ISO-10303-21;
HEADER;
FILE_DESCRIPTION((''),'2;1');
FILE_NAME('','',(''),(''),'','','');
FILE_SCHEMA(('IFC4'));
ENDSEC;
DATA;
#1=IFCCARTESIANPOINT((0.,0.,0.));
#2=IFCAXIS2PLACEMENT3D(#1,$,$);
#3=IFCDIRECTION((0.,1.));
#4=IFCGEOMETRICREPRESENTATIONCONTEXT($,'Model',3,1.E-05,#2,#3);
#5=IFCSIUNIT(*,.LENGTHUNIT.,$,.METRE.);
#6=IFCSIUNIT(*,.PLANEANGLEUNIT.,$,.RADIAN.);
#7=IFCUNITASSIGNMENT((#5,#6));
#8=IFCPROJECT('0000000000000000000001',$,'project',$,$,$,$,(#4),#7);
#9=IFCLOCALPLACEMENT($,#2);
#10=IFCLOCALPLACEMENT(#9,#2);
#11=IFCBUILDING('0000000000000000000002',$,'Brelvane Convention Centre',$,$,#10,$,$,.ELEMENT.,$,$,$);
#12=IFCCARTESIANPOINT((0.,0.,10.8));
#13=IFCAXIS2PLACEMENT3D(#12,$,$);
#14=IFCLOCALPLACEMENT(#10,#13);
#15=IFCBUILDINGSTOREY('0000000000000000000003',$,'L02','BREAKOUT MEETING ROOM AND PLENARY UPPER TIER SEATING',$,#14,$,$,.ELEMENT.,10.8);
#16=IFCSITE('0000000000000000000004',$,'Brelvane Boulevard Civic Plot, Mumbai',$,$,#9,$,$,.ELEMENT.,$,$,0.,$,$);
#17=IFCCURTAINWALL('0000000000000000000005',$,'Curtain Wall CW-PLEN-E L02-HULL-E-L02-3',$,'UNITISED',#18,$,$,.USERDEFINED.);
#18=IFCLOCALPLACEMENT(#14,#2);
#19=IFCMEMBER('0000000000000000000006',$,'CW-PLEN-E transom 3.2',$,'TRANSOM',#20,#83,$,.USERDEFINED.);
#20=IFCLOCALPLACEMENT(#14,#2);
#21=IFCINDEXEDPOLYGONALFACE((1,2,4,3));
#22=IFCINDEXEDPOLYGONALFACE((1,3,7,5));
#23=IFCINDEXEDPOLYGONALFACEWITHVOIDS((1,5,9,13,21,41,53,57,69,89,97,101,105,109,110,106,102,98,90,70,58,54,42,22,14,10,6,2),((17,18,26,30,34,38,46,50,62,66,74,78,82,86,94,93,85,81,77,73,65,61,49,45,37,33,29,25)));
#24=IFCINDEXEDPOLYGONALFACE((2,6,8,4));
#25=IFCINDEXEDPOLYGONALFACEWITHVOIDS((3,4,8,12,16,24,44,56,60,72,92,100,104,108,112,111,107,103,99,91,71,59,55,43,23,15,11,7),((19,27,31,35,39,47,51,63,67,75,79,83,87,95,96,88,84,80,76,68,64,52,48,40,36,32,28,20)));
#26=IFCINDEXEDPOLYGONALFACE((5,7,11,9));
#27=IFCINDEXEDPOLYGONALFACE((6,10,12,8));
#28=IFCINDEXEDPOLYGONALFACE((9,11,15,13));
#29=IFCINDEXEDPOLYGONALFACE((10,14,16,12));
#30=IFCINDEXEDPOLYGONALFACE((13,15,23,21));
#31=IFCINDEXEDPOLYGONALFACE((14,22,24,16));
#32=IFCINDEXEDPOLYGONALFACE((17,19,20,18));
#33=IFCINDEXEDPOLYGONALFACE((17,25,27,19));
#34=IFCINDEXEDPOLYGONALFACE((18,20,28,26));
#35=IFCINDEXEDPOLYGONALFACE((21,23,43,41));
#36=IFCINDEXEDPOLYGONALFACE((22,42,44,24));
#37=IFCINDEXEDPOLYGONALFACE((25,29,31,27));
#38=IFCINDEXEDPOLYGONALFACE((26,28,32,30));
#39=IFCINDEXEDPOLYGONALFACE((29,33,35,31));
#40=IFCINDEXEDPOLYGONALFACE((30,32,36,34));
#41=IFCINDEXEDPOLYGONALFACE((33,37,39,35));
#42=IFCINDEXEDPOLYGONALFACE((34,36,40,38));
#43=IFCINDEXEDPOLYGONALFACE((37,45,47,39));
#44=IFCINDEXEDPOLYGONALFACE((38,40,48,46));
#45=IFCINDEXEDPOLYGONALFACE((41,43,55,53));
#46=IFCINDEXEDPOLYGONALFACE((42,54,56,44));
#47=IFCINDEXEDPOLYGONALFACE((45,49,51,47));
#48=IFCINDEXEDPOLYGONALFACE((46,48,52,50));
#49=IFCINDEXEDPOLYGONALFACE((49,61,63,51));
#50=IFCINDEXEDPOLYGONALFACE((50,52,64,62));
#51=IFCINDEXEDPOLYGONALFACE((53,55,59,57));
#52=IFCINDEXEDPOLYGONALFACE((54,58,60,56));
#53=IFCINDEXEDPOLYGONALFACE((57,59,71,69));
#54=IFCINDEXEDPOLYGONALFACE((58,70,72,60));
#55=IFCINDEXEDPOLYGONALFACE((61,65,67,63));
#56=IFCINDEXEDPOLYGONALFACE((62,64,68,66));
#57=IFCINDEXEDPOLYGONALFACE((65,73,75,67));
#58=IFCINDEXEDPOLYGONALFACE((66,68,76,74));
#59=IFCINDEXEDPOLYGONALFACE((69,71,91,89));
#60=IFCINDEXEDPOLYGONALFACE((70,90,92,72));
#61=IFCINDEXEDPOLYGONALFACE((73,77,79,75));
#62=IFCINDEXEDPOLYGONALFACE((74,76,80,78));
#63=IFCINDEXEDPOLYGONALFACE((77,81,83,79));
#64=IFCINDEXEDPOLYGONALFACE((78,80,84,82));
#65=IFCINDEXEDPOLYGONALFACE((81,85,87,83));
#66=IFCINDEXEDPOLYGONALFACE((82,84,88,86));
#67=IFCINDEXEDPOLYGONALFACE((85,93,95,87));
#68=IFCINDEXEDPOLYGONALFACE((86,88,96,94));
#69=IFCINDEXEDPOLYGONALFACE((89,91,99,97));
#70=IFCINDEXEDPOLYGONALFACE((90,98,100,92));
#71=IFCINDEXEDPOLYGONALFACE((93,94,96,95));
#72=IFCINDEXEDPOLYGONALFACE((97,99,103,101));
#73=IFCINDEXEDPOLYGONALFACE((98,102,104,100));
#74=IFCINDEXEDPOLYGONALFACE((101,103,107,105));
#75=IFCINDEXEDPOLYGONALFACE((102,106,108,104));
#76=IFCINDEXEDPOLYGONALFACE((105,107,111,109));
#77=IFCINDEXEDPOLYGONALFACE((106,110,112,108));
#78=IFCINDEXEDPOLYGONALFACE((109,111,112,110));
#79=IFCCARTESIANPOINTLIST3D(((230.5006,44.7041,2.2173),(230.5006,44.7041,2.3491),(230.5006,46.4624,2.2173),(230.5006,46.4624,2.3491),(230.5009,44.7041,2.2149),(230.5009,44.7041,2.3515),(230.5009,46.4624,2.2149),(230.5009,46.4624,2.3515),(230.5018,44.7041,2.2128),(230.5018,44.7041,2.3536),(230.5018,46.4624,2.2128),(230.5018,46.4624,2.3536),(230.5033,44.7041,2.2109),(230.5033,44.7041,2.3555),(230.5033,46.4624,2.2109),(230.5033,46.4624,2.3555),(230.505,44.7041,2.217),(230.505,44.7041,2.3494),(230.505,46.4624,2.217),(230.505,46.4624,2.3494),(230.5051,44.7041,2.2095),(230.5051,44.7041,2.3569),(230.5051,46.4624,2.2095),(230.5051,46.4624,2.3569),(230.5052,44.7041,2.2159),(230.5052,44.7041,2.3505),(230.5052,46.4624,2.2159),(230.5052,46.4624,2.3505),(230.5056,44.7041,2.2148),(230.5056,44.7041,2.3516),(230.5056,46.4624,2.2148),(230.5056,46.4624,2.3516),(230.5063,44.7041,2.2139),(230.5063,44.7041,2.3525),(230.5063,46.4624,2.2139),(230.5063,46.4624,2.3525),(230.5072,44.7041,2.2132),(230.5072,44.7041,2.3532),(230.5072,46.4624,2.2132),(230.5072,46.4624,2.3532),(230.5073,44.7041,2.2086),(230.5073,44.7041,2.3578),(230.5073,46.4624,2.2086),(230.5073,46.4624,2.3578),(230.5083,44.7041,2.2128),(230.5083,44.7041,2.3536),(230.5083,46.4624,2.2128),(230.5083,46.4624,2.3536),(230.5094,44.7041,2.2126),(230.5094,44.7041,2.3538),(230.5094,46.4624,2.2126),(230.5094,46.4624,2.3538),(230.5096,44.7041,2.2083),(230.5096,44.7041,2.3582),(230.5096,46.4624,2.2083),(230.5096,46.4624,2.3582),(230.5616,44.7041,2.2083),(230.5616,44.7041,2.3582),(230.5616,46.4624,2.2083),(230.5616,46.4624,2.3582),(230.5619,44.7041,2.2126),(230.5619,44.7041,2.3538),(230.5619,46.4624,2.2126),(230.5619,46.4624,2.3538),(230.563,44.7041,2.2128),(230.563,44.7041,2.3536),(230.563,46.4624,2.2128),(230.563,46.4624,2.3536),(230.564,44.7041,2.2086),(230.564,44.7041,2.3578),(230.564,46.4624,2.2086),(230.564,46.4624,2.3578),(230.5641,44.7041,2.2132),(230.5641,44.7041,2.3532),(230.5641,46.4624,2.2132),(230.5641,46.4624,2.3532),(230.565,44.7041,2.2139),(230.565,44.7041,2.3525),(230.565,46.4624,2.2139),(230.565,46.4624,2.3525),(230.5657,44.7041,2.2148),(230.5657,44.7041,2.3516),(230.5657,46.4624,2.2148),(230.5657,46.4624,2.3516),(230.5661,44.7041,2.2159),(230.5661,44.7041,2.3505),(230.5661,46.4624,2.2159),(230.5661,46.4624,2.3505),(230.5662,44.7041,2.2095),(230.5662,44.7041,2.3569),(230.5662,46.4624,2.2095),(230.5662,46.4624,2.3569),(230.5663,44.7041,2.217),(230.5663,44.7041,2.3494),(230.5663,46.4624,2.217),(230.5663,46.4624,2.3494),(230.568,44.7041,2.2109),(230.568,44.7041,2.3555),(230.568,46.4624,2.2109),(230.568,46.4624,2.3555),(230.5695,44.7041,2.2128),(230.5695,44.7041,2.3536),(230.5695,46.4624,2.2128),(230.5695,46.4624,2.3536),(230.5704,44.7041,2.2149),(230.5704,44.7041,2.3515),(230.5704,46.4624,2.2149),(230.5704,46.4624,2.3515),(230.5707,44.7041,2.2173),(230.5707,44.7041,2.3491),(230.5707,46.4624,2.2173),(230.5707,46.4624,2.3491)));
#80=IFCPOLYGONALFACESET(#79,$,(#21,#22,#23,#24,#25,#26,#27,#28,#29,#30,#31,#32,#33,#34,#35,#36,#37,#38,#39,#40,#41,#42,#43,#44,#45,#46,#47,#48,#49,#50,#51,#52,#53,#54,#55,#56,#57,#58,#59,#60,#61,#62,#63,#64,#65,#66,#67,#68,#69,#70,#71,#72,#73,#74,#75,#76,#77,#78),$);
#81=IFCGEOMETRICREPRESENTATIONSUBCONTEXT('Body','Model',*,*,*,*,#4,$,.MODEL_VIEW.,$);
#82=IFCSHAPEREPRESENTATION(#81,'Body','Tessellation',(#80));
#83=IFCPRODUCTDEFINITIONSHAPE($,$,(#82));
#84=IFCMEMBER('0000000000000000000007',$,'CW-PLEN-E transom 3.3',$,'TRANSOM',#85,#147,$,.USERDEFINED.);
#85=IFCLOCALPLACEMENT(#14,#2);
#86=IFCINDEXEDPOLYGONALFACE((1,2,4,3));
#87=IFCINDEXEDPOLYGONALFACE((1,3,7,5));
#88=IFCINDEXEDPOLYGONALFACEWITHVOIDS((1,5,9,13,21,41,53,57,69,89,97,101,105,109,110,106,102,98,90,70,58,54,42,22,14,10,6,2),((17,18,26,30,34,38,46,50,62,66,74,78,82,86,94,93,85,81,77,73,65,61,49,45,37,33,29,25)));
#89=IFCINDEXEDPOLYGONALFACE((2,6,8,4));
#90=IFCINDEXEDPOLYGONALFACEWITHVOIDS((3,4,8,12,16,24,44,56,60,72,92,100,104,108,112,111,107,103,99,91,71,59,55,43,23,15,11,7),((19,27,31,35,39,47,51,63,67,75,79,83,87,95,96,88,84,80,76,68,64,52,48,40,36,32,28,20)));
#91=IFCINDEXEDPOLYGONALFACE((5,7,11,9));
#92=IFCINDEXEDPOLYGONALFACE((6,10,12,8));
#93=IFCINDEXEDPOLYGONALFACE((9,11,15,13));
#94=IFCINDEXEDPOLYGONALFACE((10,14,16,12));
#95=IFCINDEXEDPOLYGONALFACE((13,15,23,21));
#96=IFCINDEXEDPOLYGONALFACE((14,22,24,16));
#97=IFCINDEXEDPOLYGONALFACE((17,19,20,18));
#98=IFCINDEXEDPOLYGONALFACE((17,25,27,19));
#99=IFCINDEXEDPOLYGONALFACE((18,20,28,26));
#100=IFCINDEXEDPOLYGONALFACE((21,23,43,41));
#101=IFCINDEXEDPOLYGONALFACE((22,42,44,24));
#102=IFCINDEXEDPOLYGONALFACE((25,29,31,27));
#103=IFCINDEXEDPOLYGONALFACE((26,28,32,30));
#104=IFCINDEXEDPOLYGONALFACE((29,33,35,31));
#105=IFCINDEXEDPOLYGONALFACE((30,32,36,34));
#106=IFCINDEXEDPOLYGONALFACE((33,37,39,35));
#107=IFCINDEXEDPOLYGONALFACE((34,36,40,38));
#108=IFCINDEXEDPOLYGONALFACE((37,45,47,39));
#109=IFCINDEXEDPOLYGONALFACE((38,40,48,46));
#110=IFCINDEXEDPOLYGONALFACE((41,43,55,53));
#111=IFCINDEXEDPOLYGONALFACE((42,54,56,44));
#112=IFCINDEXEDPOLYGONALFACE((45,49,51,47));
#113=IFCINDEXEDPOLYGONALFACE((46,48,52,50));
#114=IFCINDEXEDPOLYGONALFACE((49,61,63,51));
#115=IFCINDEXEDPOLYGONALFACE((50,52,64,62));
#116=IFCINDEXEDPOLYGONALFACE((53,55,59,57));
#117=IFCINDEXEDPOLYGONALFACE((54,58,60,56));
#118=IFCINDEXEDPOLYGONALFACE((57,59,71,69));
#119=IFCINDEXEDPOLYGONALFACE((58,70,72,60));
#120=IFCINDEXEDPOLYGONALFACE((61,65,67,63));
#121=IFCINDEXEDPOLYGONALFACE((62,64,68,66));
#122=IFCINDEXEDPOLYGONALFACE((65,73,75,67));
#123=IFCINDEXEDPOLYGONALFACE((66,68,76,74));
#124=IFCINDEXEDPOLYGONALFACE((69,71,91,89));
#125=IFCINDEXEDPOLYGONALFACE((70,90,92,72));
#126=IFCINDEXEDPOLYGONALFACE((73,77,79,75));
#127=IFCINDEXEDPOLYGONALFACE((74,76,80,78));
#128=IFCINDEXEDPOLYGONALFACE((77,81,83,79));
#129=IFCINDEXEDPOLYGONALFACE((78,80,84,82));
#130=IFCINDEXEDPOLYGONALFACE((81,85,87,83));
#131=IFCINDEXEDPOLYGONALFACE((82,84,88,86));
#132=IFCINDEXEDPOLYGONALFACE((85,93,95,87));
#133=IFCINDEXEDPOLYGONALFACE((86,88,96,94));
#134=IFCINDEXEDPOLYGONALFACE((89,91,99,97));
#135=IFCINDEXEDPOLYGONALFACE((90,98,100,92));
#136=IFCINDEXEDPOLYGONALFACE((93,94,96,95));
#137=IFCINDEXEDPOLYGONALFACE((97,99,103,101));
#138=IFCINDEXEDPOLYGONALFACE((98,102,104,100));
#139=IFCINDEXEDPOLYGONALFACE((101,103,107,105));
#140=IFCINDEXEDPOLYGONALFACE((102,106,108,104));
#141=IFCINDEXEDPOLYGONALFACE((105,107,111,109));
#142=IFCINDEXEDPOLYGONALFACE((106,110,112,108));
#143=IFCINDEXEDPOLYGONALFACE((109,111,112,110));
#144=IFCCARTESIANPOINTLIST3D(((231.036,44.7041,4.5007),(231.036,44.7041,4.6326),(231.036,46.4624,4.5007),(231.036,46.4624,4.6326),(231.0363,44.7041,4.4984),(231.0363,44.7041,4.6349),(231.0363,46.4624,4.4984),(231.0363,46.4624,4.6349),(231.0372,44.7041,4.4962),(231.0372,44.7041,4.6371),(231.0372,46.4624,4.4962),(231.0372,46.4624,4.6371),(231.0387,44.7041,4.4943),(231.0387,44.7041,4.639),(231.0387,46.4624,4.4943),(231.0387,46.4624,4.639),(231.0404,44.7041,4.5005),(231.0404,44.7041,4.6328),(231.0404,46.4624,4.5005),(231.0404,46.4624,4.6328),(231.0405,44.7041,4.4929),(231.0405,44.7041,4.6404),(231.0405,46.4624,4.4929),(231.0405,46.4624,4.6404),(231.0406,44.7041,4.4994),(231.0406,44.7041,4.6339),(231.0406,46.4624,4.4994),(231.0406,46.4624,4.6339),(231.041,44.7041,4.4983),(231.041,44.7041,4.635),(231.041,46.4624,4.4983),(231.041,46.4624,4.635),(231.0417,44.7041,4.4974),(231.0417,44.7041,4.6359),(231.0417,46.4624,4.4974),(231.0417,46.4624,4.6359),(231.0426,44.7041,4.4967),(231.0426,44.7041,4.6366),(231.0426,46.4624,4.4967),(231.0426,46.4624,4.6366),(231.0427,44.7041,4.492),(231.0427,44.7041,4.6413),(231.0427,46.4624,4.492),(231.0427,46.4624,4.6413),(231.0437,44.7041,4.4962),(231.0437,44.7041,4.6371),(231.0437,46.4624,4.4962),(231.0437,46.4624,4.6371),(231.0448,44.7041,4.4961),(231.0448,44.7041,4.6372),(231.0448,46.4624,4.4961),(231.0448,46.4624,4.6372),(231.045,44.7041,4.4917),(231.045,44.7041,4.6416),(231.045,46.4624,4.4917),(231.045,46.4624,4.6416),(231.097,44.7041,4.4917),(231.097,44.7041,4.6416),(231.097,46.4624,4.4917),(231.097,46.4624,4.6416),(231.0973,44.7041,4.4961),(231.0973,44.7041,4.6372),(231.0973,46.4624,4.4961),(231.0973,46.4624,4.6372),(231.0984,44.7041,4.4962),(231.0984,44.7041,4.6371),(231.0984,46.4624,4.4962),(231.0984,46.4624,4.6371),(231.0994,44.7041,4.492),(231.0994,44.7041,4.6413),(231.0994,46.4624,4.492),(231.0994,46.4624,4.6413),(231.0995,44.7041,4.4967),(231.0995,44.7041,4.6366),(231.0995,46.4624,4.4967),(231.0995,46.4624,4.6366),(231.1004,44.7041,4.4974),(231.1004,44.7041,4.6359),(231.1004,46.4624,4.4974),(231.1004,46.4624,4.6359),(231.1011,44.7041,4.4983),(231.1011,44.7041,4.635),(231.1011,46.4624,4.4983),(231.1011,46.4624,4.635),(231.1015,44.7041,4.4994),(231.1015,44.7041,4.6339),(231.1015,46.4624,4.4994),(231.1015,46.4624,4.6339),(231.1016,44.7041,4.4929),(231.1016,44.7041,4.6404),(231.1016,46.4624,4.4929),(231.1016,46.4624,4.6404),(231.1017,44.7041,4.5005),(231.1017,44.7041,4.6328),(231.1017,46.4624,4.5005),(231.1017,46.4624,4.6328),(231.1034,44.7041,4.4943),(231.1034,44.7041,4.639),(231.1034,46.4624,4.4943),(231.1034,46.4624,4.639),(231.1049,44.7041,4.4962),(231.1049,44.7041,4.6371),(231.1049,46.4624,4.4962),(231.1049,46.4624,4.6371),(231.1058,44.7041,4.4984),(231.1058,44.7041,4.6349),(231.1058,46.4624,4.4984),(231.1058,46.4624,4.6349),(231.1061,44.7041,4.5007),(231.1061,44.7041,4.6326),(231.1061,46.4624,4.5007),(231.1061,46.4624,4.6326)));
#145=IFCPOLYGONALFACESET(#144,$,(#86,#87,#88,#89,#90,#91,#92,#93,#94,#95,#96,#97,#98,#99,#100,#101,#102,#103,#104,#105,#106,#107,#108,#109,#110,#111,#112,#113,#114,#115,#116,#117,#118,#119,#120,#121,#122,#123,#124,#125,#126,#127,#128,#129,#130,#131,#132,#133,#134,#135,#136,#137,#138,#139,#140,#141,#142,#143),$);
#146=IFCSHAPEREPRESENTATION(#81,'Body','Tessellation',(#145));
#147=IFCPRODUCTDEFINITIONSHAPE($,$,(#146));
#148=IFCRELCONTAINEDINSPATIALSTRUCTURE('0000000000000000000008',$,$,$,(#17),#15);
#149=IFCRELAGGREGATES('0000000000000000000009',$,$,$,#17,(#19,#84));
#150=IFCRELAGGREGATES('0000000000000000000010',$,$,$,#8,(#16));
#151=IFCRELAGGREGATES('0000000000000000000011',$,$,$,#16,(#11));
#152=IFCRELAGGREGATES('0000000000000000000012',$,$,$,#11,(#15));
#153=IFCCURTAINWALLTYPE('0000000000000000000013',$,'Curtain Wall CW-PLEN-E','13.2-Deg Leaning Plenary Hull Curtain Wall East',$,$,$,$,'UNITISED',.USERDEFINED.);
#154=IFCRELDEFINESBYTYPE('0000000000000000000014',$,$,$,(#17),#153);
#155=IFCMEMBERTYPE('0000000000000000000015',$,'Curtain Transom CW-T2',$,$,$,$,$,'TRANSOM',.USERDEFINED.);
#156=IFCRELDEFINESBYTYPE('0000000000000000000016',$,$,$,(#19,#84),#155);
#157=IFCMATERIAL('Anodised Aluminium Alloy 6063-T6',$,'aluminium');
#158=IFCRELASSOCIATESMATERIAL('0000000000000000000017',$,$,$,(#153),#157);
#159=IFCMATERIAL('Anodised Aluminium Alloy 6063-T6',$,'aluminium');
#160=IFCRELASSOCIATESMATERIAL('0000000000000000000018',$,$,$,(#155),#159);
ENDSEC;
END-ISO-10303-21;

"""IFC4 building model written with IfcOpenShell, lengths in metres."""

from ifc_helpers import new_model, si_unit, direction, frame, origin, origin_2d, place, context, subcontext, project, spatial, hollow_rectangle, extrude, material, material_profile, profile_set, type_object, element, aggregate, save


model = new_model("IFC4")

# Units and contexts
model_context = context("Model", 3, precision=1e-05, world=origin(), true_north=direction((0.0, 1.0)))
body_context = subcontext(model_context, "Body", "Model", "MODEL_VIEW")
ifc_project = project(units=[si_unit("LENGTHUNIT", "METRE"), si_unit("PLANEANGLEUNIT", "RADIAN")], contexts=[model_context])

# Site, building, storey
site_placement = place(None, origin())
site = spatial("IfcSite", under=ifc_project, at=site_placement, Name="Brelvane Boulevard Civic Plot, Mumbai", CompositionType="ELEMENT", RefElevation=0.0)
building_placement = place(site_placement, origin())
building = spatial("IfcBuilding", under=site, at=building_placement, Name="Brelvane Convention Centre", CompositionType="ELEMENT")
storey_placement = place(building_placement, frame((0.0, 0.0, 10.8)))
storey = spatial("IfcBuildingStorey", under=building, at=storey_placement, Name="L02", Description="BREAKOUT MEETING ROOM AND PLENARY UPPER TIER SEATING", CompositionType="ELEMENT", Elevation=10.8)

# Curtain wall, members
ifc_material_1 = material(Name="Anodised Aluminium Alloy 6063-T6", Category="aluminium")
curtain_wall_type = type_object("IfcCurtainWallType", Name="Curtain Wall CW-PLEN-E", Description="13.2-Deg Leaning Plenary Hull Curtain Wall East", ElementType="UNITISED", PredefinedType="USERDEFINED", material=ifc_material_1)
curtain_wall_1_placement = place(storey_placement, origin())
curtain_wall_1 = element("IfcCurtainWall", 1, at=curtain_wall_1_placement, inside=storey, type_object=curtain_wall_type, Name="Curtain Wall CW-PLEN-E L02-HULL-E-L02-3", ObjectType="UNITISED", PredefinedType="USERDEFINED")
ifc_material_2 = material(Name="Anodised Aluminium Alloy 6063-T6", Category="aluminium")
ifc_material_profile = material_profile(ifc_material_2, hollow_rectangle(XDim=0.0701, YDim=0.1499, WallThickness=0.0044, InnerFilletRadius=0.0044, OuterFilletRadius=0.009, at=origin_2d()), Name="ALU-T 150x70x4.5")
ifc_profile_set = profile_set([ifc_material_profile], Name="Anodised Aluminium Alloy 6063-T6")
member_type = type_object("IfcMemberType", Name="Curtain Transom CW-T2", ElementType="TRANSOM", PredefinedType="USERDEFINED", material=ifc_profile_set)
member_1_placement = place(storey_placement, frame((230.5356, 44.7041, 2.2832), z_axis=(0.0, 1.0, 0.0), x_axis=(-1.0, 0.0, 0.0)))
member_1 = element("IfcMember", 2, at=member_1_placement, type_object=member_type, Name="CW-PLEN-E transom 3.2", ObjectType="TRANSOM", PredefinedType="USERDEFINED", context=body_context, shape_type="SweptSolid", body=[
    extrude(hollow_rectangle(XDim=0.0701, YDim=0.1499, WallThickness=0.0044, InnerFilletRadius=0.0044, OuterFilletRadius=0.009, at=origin_2d()), origin(), (0.0, 0.0, 1.0), 1.7583),
])
member_2_placement = place(storey_placement, frame((231.071, 44.7041, 4.5667), z_axis=(0.0, 1.0, 0.0), x_axis=(-1.0, 0.0, 0.0)))
member_2 = element("IfcMember", 3, at=member_2_placement, type_object=member_type, Name="CW-PLEN-E transom 3.3", ObjectType="TRANSOM", PredefinedType="USERDEFINED", context=body_context, shape_type="SweptSolid", body=[
    extrude(hollow_rectangle(XDim=0.0701, YDim=0.1499, WallThickness=0.0044, InnerFilletRadius=0.0044, OuterFilletRadius=0.009, at=origin_2d()), origin(), (0.0, 0.0, 1.0), 1.7583),
])

aggregate(curtain_wall_1, [member_1, member_2])

save(model, "model.ifc")
